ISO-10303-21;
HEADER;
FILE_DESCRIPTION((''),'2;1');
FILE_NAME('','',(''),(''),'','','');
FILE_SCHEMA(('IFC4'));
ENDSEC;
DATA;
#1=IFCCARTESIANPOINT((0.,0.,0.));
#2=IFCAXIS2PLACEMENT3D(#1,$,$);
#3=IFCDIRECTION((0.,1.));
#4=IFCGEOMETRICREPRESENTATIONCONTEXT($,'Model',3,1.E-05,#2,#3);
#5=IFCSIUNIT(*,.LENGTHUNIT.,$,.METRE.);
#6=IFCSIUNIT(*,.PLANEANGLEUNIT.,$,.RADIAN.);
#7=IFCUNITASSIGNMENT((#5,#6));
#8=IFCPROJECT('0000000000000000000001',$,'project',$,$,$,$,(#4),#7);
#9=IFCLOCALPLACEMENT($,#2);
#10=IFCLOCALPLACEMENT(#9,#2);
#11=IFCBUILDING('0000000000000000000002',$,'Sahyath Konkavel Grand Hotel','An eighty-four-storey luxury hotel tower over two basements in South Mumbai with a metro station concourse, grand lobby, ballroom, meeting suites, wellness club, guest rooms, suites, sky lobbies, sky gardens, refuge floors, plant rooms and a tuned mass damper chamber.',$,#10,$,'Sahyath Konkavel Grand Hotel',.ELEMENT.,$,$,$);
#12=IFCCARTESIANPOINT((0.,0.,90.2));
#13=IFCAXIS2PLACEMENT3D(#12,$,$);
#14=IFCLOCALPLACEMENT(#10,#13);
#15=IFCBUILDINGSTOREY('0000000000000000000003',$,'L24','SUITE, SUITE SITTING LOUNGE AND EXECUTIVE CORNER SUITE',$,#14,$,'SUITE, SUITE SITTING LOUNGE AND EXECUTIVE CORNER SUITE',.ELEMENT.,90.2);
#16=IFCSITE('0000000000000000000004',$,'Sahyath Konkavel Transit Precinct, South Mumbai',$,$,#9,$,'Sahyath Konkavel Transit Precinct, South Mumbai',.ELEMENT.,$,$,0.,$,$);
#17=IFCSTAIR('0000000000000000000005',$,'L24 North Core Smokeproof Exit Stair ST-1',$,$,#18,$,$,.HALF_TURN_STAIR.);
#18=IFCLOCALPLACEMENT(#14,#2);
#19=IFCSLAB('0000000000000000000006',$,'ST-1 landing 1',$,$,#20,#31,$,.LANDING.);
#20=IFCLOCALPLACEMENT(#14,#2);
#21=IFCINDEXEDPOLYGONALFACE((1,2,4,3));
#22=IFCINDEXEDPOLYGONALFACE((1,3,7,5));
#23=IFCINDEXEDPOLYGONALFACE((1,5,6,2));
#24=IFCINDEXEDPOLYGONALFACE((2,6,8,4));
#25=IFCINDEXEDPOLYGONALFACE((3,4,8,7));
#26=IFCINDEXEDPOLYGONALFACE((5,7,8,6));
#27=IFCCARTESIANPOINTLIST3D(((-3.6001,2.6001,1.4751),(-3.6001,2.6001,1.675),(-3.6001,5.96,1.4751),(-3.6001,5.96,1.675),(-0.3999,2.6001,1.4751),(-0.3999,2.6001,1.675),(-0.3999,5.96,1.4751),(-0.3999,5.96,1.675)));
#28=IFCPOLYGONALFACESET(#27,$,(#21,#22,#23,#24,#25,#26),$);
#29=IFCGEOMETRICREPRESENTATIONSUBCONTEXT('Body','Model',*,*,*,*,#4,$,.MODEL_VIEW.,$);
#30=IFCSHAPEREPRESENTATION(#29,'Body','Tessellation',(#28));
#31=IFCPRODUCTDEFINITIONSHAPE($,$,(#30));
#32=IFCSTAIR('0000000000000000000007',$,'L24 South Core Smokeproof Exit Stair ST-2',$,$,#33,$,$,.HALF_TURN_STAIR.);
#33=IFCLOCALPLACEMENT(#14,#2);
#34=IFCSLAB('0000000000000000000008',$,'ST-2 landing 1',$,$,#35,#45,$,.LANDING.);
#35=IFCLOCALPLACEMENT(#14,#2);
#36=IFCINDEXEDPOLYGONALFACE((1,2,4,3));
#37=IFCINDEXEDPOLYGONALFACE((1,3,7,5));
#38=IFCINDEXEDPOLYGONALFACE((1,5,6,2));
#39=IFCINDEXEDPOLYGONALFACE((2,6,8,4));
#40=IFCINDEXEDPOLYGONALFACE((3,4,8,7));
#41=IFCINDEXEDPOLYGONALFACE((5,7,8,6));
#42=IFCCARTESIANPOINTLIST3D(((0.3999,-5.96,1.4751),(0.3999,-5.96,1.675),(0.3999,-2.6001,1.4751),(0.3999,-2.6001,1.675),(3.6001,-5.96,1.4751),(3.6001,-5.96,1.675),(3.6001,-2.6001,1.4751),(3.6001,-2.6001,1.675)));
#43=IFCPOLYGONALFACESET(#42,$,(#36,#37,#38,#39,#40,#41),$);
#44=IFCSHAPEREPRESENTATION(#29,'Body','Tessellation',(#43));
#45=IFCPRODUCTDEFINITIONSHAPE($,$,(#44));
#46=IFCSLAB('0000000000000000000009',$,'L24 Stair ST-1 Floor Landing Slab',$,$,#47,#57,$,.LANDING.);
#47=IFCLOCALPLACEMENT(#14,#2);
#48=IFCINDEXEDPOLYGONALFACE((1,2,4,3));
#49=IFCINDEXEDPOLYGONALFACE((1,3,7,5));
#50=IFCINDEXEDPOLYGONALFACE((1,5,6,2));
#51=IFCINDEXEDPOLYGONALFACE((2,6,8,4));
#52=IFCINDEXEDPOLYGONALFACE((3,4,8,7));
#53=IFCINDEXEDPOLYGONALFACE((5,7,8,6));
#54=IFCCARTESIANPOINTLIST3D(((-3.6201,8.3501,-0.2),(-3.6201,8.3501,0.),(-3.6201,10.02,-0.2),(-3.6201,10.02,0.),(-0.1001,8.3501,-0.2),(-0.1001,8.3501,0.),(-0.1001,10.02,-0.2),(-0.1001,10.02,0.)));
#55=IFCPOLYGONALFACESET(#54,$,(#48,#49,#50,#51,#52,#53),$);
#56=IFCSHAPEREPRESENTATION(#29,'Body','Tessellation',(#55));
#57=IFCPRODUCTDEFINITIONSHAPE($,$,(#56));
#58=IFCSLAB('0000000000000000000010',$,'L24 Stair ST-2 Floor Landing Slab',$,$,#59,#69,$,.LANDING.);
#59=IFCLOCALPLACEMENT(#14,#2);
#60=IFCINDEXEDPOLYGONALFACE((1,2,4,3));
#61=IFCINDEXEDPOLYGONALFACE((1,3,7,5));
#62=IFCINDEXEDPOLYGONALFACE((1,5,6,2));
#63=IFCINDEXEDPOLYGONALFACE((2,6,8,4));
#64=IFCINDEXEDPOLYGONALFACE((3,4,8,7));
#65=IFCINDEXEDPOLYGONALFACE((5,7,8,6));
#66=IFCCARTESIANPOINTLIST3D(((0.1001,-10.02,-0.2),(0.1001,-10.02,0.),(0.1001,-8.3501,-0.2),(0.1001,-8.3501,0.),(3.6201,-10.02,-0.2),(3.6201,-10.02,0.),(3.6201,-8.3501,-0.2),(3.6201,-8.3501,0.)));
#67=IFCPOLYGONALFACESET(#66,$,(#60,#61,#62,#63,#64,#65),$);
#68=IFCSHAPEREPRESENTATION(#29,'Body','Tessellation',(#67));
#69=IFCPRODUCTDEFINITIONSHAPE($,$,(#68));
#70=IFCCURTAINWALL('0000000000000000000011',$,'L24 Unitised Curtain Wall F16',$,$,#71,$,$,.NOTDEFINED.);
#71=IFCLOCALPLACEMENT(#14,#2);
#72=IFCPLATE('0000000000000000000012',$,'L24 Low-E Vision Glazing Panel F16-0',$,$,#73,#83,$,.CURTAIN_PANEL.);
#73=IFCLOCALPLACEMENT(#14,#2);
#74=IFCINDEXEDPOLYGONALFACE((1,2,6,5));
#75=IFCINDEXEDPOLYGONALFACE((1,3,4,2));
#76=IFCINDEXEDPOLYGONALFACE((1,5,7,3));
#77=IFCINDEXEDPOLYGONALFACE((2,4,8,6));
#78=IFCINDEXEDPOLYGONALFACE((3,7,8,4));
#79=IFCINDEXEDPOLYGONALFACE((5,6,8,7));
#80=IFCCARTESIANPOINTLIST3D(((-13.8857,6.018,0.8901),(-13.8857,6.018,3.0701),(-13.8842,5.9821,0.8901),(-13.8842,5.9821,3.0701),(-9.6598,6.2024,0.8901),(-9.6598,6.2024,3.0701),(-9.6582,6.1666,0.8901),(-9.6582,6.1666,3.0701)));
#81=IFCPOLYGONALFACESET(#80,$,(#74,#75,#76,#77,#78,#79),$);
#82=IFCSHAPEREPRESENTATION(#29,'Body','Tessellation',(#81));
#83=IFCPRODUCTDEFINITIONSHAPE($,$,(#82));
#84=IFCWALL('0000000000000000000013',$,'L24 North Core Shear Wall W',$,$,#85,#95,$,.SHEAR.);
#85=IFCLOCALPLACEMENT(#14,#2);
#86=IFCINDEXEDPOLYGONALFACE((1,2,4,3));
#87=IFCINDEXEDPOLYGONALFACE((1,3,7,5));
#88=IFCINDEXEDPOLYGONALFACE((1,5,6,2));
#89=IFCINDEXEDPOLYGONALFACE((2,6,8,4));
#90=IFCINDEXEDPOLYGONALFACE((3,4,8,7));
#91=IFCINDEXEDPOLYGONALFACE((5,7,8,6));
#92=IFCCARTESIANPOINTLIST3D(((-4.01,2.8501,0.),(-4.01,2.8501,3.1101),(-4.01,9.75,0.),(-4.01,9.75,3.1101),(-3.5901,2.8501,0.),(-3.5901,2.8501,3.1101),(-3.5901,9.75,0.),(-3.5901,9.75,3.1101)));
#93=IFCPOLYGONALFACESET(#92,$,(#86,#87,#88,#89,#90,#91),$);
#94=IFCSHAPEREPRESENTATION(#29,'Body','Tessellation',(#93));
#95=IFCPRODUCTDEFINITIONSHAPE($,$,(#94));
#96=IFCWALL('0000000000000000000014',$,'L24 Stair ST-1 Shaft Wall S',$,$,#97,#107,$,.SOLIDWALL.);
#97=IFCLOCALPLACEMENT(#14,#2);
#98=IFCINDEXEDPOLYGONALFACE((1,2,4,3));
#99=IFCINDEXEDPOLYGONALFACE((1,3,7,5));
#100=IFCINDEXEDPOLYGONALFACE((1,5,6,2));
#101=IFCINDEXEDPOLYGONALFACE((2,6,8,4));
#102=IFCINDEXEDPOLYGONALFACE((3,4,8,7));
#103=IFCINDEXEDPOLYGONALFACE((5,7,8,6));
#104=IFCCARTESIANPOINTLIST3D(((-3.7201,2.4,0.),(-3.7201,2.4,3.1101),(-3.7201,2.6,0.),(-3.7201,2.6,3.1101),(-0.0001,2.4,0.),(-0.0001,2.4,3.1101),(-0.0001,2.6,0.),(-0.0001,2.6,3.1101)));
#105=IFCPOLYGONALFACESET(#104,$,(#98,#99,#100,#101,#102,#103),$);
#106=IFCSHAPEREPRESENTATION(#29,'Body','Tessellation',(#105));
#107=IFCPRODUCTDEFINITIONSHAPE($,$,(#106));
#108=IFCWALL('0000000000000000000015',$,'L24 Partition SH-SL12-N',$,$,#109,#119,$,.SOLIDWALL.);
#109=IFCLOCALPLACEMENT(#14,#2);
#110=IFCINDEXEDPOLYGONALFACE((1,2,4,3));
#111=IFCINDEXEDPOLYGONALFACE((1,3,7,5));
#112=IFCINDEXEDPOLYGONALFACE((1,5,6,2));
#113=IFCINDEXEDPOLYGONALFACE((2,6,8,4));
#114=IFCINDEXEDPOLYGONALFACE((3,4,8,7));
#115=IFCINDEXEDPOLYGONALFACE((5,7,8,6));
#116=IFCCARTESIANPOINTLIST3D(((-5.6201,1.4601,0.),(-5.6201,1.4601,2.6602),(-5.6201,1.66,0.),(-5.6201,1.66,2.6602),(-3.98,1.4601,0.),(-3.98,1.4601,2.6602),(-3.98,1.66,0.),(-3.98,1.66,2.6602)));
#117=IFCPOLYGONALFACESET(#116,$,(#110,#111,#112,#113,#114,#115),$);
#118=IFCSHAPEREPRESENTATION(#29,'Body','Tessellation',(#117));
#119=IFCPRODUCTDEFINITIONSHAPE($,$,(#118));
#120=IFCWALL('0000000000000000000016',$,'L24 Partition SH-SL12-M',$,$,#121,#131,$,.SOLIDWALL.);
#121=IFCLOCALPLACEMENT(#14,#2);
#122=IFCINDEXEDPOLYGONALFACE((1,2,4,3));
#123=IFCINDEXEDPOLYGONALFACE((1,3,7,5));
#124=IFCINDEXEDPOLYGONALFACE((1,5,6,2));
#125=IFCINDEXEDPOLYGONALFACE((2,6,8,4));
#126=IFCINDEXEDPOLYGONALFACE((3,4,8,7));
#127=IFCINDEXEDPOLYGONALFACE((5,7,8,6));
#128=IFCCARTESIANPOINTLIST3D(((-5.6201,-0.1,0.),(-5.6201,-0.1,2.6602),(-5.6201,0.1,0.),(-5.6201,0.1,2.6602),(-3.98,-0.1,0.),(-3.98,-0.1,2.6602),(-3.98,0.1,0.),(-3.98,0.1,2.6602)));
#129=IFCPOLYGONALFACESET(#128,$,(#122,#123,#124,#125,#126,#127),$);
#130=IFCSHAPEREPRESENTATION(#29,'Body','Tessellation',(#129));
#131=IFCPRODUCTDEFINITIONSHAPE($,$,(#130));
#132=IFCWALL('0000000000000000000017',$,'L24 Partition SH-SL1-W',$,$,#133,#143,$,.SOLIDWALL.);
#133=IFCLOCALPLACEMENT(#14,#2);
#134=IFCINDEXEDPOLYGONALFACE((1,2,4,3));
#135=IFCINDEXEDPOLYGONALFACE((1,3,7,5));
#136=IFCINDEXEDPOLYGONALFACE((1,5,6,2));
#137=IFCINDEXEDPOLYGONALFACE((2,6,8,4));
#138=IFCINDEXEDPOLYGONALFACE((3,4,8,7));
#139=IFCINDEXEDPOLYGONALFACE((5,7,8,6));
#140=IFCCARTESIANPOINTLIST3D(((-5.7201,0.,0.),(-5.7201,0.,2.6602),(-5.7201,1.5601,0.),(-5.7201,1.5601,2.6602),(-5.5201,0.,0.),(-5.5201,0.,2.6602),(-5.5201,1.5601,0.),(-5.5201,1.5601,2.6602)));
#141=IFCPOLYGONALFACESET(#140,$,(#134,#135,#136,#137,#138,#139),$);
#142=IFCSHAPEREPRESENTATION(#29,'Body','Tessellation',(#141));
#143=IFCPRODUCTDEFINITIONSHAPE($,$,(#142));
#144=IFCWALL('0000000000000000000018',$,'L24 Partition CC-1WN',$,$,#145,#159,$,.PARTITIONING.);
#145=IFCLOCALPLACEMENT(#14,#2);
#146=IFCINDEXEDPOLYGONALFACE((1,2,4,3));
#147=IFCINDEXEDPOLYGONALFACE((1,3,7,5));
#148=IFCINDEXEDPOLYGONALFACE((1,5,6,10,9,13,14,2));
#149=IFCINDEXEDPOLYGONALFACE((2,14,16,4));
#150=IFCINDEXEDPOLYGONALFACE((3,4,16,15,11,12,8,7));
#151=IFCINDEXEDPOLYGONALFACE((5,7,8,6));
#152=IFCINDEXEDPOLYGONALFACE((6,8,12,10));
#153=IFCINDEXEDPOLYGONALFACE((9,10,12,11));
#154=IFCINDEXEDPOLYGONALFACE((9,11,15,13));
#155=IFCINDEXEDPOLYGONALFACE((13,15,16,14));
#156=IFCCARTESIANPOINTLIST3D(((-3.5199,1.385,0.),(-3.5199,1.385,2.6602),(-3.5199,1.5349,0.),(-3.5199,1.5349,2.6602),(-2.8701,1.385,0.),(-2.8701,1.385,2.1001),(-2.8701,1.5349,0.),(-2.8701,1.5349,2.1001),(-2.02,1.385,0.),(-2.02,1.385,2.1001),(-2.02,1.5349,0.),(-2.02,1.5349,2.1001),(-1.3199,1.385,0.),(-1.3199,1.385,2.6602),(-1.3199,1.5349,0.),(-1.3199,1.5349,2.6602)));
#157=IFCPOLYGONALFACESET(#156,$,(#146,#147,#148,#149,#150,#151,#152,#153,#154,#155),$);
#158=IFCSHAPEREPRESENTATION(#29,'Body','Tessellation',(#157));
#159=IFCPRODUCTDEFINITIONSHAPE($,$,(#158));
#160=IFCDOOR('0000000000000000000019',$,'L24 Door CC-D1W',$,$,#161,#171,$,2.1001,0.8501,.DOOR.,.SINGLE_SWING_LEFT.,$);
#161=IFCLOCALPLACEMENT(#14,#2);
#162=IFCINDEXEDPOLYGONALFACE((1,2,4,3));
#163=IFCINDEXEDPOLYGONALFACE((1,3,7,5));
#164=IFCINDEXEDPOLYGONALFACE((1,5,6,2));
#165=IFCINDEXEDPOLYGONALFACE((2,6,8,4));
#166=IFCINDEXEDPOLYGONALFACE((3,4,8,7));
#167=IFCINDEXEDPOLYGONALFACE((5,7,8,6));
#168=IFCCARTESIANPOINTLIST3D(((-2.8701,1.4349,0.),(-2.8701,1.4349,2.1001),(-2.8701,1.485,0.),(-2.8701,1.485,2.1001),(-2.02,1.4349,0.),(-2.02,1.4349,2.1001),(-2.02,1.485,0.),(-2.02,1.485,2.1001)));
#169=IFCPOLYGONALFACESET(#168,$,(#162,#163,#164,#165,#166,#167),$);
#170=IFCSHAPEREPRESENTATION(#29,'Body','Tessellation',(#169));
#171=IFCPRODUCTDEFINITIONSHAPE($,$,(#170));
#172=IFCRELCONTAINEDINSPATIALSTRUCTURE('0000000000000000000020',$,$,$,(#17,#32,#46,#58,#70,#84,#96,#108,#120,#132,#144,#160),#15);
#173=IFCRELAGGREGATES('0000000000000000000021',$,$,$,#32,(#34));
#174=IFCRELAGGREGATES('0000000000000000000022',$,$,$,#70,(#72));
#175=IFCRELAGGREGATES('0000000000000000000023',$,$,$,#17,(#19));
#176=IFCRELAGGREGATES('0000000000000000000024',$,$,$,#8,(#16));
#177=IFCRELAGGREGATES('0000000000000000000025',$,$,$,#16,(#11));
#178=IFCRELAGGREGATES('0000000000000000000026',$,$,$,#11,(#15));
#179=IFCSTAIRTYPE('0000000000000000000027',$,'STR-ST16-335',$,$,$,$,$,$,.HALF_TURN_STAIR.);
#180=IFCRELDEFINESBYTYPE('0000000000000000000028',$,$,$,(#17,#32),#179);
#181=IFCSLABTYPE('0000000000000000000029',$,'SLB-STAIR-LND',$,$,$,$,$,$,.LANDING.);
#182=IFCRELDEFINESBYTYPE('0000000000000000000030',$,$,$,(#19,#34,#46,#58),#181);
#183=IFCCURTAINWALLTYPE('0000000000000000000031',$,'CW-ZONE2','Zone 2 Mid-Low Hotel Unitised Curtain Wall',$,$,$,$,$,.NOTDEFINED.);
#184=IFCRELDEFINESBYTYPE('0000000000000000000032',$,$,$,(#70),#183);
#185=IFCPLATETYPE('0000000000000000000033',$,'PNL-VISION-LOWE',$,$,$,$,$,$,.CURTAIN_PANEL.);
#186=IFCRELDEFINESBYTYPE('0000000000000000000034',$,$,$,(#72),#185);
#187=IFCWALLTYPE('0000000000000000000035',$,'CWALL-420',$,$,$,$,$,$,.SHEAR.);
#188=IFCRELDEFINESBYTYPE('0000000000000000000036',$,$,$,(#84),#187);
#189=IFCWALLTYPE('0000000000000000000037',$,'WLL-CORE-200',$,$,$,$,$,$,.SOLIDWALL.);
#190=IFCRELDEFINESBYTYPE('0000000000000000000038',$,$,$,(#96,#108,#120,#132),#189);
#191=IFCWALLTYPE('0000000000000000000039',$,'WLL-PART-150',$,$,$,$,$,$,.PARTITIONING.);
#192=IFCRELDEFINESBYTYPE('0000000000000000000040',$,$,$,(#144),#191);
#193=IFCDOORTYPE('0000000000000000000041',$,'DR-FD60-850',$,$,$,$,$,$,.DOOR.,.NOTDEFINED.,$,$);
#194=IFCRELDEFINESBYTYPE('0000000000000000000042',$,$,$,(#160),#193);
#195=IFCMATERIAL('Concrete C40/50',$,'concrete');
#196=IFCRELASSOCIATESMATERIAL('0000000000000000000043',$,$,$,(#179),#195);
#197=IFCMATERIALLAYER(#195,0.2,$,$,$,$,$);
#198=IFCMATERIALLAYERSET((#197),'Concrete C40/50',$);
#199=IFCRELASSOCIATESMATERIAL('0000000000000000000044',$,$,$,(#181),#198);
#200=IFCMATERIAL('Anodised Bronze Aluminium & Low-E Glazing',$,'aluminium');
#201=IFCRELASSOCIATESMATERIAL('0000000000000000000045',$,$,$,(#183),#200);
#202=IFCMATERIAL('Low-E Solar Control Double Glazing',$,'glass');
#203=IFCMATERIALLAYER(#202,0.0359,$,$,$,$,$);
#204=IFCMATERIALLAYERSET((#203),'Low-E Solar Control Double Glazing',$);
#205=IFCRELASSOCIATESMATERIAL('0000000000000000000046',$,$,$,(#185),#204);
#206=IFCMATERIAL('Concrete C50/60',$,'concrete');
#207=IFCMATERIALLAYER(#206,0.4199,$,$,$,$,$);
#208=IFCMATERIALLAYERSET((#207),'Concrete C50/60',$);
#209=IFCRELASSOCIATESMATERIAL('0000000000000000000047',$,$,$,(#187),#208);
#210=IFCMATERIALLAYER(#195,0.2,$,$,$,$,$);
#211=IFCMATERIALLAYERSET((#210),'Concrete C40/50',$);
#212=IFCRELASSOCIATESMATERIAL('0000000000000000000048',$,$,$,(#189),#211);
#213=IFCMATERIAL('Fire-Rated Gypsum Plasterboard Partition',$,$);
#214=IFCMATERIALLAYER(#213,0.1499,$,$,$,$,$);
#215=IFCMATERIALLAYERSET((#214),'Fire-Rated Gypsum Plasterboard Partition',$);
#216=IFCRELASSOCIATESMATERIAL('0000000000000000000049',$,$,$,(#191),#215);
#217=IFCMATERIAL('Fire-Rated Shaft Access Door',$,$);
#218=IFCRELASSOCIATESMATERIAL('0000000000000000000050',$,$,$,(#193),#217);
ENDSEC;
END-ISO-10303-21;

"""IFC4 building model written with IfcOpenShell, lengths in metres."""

from ifc_helpers import new_model, si_unit, direction, frame, frame_2d, origin, origin_2d, place, context, subcontext, project, spatial, polyline, rectangle, outline, extrude, source, transform, mapped, material, layer, layer_set, type_object, element, fill, aggregate, save


model = new_model("IFC4")

# Units and contexts
model_context = context("Model", 3, precision=1e-05, world=origin(), true_north=direction((0.0, 1.0)))
body_context = subcontext(model_context, "Body", "Model", "MODEL_VIEW")
ifc_project = project(units=[si_unit("LENGTHUNIT", "METRE"), si_unit("PLANEANGLEUNIT", "RADIAN")], contexts=[model_context])

# Site, building, storey
site_placement = place(None, origin())
site = spatial("IfcSite", under=ifc_project, at=site_placement, Name="Sahyath Konkavel Transit Precinct, South Mumbai", LongName="Sahyath Konkavel Transit Precinct, South Mumbai", CompositionType="ELEMENT", RefElevation=0.0)
building_placement = place(site_placement, origin())
building = spatial("IfcBuilding", under=site, at=building_placement, Name="Sahyath Konkavel Grand Hotel", Description="An eighty-four-storey luxury hotel tower over two basements in South Mumbai with a metro station concourse, grand lobby, ballroom, meeting suites, wellness club, guest rooms, suites, sky lobbies, sky gardens, refuge floors, plant rooms and a tuned mass damper chamber.", LongName="Sahyath Konkavel Grand Hotel", CompositionType="ELEMENT")
storey_placement = place(building_placement, frame((0.0, 0.0, 90.2)))
storey = spatial("IfcBuildingStorey", under=building, at=storey_placement, Name="L24", Description="SUITE, SUITE SITTING LOUNGE AND EXECUTIVE CORNER SUITE", LongName="SUITE, SUITE SITTING LOUNGE AND EXECUTIVE CORNER SUITE", CompositionType="ELEMENT", Elevation=90.2)

# Shared definitions
ifc_material_1 = material(Name="Concrete C50/60", Category="concrete")

# Shared definitions
ifc_material_2 = material(Name="Concrete C40/50", Category="concrete")

# Stairs, slabs
stair_type = type_object("IfcStairType", Name="STR-ST16-335", PredefinedType="HALF_TURN_STAIR", material=ifc_material_2)
stair_1_placement = place(storey_placement, origin())
stair_1 = element("IfcStair", 1, at=stair_1_placement, inside=storey, type_object=stair_type, Name="L24 North Core Smokeproof Exit Stair ST-1", PredefinedType="HALF_TURN_STAIR")
ifc_layer_1 = layer(ifc_material_2, 0.2)
ifc_layer_set_1 = layer_set([ifc_layer_1], Name="Concrete C40/50")
slab_type_1 = type_object("IfcSlabType", Name="SLB-STAIR-LND", PredefinedType="LANDING", material=ifc_layer_set_1)
slab_1_placement = place(storey_placement, frame((0.0, 0.0, 1.4751)))
slab_1 = element("IfcSlab", 2, at=slab_1_placement, type_object=slab_type_1, Name="ST-1 landing 1", PredefinedType="LANDING", context=body_context, shape_type="SweptSolid", body=[
    extrude(outline(polyline([(-3.6001, 5.96), (-3.6001, 2.6001), (-0.3999, 2.6001), (-0.3999, 5.96), (-3.6001, 5.96)])), origin(), (0.0, 0.0, 1.0), 0.2),
])
stair_2_placement = place(storey_placement, origin())
stair_2 = element("IfcStair", 3, at=stair_2_placement, inside=storey, type_object=stair_type, Name="L24 South Core Smokeproof Exit Stair ST-2", PredefinedType="HALF_TURN_STAIR")
slab_2_placement = place(storey_placement, frame((0.0, 0.0, 1.4751)))
slab_2 = element("IfcSlab", 4, at=slab_2_placement, type_object=slab_type_1, Name="ST-2 landing 1", PredefinedType="LANDING", context=body_context, shape_type="SweptSolid", body=[
    extrude(outline(polyline([(3.6001, -5.96), (3.6001, -2.6001), (0.3999, -2.6001), (0.3999, -5.96), (3.6001, -5.96)])), origin(), (0.0, 0.0, 1.0), 0.2),
])
aggregate(stair_2, [slab_2])

# Slabs
slab_3_placement = place(storey_placement, frame((0.0, 0.0, -0.2)))
element("IfcSlab", 5, at=slab_3_placement, inside=storey, type_object=slab_type_1, Name="L24 Stair ST-1 Floor Landing Slab", PredefinedType="LANDING", context=body_context, shape_type="SweptSolid", body=[
    extrude(outline(polyline([(-3.6201, 8.3501), (-0.1001, 8.3501), (-0.1001, 10.02), (-3.6201, 10.02), (-3.6201, 8.3501)])), origin(), (0.0, 0.0, 1.0), 0.2),
])
slab_4_placement = place(storey_placement, frame((0.0, 0.0, -0.2)))
element("IfcSlab", 6, at=slab_4_placement, inside=storey, type_object=slab_type_1, Name="L24 Stair ST-2 Floor Landing Slab", PredefinedType="LANDING", context=body_context, shape_type="SweptSolid", body=[
    extrude(outline(polyline([(0.1001, -10.02), (3.6201, -10.02), (3.6201, -8.3501), (0.1001, -8.3501), (0.1001, -10.02)])), origin(), (0.0, 0.0, 1.0), 0.2),
])

# Curtain wall, plate
ifc_material_3 = material(Name="Anodised Bronze Aluminium & Low-E Glazing", Category="aluminium")
curtain_wall_type = type_object("IfcCurtainWallType", Name="CW-ZONE2", Description="Zone 2 Mid-Low Hotel Unitised Curtain Wall", PredefinedType="NOTDEFINED", material=ifc_material_3)
curtain_wall_placement = place(storey_placement, origin())
curtain_wall = element("IfcCurtainWall", 7, at=curtain_wall_placement, inside=storey, type_object=curtain_wall_type, Name="L24 Unitised Curtain Wall F16", PredefinedType="NOTDEFINED")
ifc_material_4 = material(Name="Low-E Solar Control Double Glazing", Category="glass")
ifc_layer_2 = layer(ifc_material_4, 0.0359)
ifc_layer_set_2 = layer_set([ifc_layer_2], Name="Low-E Solar Control Double Glazing")
plate_type = type_object("IfcPlateType", Name="PNL-VISION-LOWE", PredefinedType="CURTAIN_PANEL", material=ifc_layer_set_2)
shared_shape_1 = source(origin(), body_context, "Body", "SweptSolid", [
    extrude(rectangle(XDim=4.23, YDim=0.0359, at=origin_2d()), origin(), (0.0, 0.0, 1.0), 2.1799),
])
plate_placement = place(storey_placement, frame((-11.772, 6.0923, 0.8901), z_axis=(0.0, 0.0, 1.0), x_axis=(-0.999049, -0.043602, 0.0)))
plate = element("IfcPlate", 8, at=plate_placement, type_object=plate_type, Name="L24 Low-E Vision Glazing Panel F16-0", PredefinedType="CURTAIN_PANEL", context=body_context, shape_type="MappedRepresentation", body=[
    mapped(shared_shape_1, transform((0.0, 0.0, 0.0), scale=1.0)),
])
aggregate(curtain_wall, [plate])

# Walls
ifc_layer_3 = layer(ifc_material_1, 0.4199)
ifc_layer_set_3 = layer_set([ifc_layer_3], Name="Concrete C50/60")
wall_type_1 = type_object("IfcWallType", Name="CWALL-420", PredefinedType="SHEAR", material=ifc_layer_set_3)
wall_1_placement = place(storey_placement, frame((-3.8, 2.8501, 0.0), z_axis=(0.0, 0.0, 1.0), x_axis=(0.0, 1.0, 0.0)))
element("IfcWall", 9, at=wall_1_placement, inside=storey, type_object=wall_type_1, Name="L24 North Core Shear Wall W", PredefinedType="SHEAR", context=body_context, shape_type="SweptSolid", body=[
    extrude(rectangle(XDim=6.8999, YDim=0.4199, at=frame_2d((3.45, 0.0))), origin(), (0.0, 0.0, 1.0), 3.1101),
])
ifc_layer_4 = layer(ifc_material_2, 0.2)
ifc_layer_set_4 = layer_set([ifc_layer_4], Name="Concrete C40/50")
wall_type_2 = type_object("IfcWallType", Name="WLL-CORE-200", PredefinedType="SOLIDWALL", material=ifc_layer_set_4)
wall_2_placement = place(storey_placement, frame((-3.72, 2.5, 0.0), z_axis=(0.0, 0.0, 1.0), x_axis=(1.0, 0.0, 0.0)))
element("IfcWall", 10, at=wall_2_placement, inside=storey, type_object=wall_type_2, Name="L24 Stair ST-1 Shaft Wall S", PredefinedType="SOLIDWALL", context=body_context, shape_type="SweptSolid", body=[
    extrude(rectangle(XDim=3.72, YDim=0.2, at=frame_2d((1.8599, 0.0))), origin(), (0.0, 0.0, 1.0), 3.1101),
])
for number, where, z_axis, x_axis, name in (
    (11, (-5.6201, 1.5601, 0.0), (0.0, 0.0, 1.0), (1.0, 0.0, 0.0), "L24 Partition SH-SL12-N"),
    (12, (-5.6201, 0.0, 0.0), (0.0, 0.0, 1.0), (1.0, 0.0, 0.0), "L24 Partition SH-SL12-M"),
):
    element("IfcWall", number, at=place(storey_placement, frame(where, z_axis=z_axis, x_axis=x_axis)), inside=storey, type_object=wall_type_2, Name=name, PredefinedType="SOLIDWALL", context=body_context, shape_type="SweptSolid", body=[
        extrude(rectangle(XDim=1.6401, YDim=0.2, at=frame_2d((0.8201, 0.0))), origin(), (0.0, 0.0, 1.0), 2.6602),
    ])
wall_3_placement = place(storey_placement, frame((-5.6201, 0.0, 0.0), z_axis=(0.0, 0.0, 1.0), x_axis=(0.0, 1.0, 0.0)))
element("IfcWall", 13, at=wall_3_placement, inside=storey, type_object=wall_type_2, Name="L24 Partition SH-SL1-W", PredefinedType="SOLIDWALL", context=body_context, shape_type="SweptSolid", body=[
    extrude(rectangle(XDim=1.5601, YDim=0.2, at=frame_2d((0.78, 0.0))), origin(), (0.0, 0.0, 1.0), 2.6602),
])

# Wall, opening, door
ifc_material_5 = material(Name="Fire-Rated Gypsum Plasterboard Partition")
ifc_layer_5 = layer(ifc_material_5, 0.1499)
ifc_layer_set_5 = layer_set([ifc_layer_5], Name="Fire-Rated Gypsum Plasterboard Partition")
wall_type_3 = type_object("IfcWallType", Name="WLL-PART-150", PredefinedType="PARTITIONING", material=ifc_layer_set_5)
wall_4_placement = place(storey_placement, frame((-3.52, 1.46, 0.0), z_axis=(0.0, 0.0, 1.0), x_axis=(1.0, 0.0, 0.0)))
wall_4 = element("IfcWall", 14, at=wall_4_placement, inside=storey, type_object=wall_type_3, Name="L24 Partition CC-1WN", PredefinedType="PARTITIONING", context=body_context, shape_type="SweptSolid", body=[
    extrude(rectangle(XDim=2.2, YDim=0.1499, at=frame_2d((1.1001, 0.0))), origin(), (0.0, 0.0, 1.0), 2.6602),
])
opening_placement = place(wall_4_placement, frame((0.6499, 0.0, 0.0)))
opening = element("IfcOpeningElement", 15, at=opening_placement, cuts=wall_4, PredefinedType="OPENING", context=body_context, shape_type="SweptSolid", body=[
    extrude(rectangle(XDim=0.8501, YDim=2.1001, at=frame_2d((0.425, 1.05))), frame((0.0, 0.085, 0.0), z_axis=(0.0, -1.0, 0.0), x_axis=(1.0, 0.0, 0.0)), (0.0, 0.0, 1.0), 0.1699),
])
ifc_material_6 = material(Name="Fire-Rated Shaft Access Door")
door_type = type_object("IfcDoorType", Name="DR-FD60-850", OperationType="NOTDEFINED", PredefinedType="DOOR", material=ifc_material_6)
shared_shape_2 = source(origin(), body_context, "Body", "SweptSolid", [
    extrude(rectangle(XDim=0.8501, YDim=0.05, at=origin_2d()), origin(), (0.0, 0.0, 1.0), 2.1001),
])
door_placement = place(opening_placement, frame((0.425, 0.0, 0.0)))
door = element("IfcDoor", 16, at=door_placement, inside=storey, type_object=door_type, Name="L24 Door CC-D1W", OperationType="SINGLE_SWING_LEFT", OverallHeight=2.1001, OverallWidth=0.8501, PredefinedType="DOOR", context=body_context, shape_type="MappedRepresentation", body=[
    mapped(shared_shape_2, transform((0.0, 0.0, 0.0), scale=1.0)),
])
fill(opening, door)

aggregate(stair_1, [slab_1])

save(model, "model.ifc")
